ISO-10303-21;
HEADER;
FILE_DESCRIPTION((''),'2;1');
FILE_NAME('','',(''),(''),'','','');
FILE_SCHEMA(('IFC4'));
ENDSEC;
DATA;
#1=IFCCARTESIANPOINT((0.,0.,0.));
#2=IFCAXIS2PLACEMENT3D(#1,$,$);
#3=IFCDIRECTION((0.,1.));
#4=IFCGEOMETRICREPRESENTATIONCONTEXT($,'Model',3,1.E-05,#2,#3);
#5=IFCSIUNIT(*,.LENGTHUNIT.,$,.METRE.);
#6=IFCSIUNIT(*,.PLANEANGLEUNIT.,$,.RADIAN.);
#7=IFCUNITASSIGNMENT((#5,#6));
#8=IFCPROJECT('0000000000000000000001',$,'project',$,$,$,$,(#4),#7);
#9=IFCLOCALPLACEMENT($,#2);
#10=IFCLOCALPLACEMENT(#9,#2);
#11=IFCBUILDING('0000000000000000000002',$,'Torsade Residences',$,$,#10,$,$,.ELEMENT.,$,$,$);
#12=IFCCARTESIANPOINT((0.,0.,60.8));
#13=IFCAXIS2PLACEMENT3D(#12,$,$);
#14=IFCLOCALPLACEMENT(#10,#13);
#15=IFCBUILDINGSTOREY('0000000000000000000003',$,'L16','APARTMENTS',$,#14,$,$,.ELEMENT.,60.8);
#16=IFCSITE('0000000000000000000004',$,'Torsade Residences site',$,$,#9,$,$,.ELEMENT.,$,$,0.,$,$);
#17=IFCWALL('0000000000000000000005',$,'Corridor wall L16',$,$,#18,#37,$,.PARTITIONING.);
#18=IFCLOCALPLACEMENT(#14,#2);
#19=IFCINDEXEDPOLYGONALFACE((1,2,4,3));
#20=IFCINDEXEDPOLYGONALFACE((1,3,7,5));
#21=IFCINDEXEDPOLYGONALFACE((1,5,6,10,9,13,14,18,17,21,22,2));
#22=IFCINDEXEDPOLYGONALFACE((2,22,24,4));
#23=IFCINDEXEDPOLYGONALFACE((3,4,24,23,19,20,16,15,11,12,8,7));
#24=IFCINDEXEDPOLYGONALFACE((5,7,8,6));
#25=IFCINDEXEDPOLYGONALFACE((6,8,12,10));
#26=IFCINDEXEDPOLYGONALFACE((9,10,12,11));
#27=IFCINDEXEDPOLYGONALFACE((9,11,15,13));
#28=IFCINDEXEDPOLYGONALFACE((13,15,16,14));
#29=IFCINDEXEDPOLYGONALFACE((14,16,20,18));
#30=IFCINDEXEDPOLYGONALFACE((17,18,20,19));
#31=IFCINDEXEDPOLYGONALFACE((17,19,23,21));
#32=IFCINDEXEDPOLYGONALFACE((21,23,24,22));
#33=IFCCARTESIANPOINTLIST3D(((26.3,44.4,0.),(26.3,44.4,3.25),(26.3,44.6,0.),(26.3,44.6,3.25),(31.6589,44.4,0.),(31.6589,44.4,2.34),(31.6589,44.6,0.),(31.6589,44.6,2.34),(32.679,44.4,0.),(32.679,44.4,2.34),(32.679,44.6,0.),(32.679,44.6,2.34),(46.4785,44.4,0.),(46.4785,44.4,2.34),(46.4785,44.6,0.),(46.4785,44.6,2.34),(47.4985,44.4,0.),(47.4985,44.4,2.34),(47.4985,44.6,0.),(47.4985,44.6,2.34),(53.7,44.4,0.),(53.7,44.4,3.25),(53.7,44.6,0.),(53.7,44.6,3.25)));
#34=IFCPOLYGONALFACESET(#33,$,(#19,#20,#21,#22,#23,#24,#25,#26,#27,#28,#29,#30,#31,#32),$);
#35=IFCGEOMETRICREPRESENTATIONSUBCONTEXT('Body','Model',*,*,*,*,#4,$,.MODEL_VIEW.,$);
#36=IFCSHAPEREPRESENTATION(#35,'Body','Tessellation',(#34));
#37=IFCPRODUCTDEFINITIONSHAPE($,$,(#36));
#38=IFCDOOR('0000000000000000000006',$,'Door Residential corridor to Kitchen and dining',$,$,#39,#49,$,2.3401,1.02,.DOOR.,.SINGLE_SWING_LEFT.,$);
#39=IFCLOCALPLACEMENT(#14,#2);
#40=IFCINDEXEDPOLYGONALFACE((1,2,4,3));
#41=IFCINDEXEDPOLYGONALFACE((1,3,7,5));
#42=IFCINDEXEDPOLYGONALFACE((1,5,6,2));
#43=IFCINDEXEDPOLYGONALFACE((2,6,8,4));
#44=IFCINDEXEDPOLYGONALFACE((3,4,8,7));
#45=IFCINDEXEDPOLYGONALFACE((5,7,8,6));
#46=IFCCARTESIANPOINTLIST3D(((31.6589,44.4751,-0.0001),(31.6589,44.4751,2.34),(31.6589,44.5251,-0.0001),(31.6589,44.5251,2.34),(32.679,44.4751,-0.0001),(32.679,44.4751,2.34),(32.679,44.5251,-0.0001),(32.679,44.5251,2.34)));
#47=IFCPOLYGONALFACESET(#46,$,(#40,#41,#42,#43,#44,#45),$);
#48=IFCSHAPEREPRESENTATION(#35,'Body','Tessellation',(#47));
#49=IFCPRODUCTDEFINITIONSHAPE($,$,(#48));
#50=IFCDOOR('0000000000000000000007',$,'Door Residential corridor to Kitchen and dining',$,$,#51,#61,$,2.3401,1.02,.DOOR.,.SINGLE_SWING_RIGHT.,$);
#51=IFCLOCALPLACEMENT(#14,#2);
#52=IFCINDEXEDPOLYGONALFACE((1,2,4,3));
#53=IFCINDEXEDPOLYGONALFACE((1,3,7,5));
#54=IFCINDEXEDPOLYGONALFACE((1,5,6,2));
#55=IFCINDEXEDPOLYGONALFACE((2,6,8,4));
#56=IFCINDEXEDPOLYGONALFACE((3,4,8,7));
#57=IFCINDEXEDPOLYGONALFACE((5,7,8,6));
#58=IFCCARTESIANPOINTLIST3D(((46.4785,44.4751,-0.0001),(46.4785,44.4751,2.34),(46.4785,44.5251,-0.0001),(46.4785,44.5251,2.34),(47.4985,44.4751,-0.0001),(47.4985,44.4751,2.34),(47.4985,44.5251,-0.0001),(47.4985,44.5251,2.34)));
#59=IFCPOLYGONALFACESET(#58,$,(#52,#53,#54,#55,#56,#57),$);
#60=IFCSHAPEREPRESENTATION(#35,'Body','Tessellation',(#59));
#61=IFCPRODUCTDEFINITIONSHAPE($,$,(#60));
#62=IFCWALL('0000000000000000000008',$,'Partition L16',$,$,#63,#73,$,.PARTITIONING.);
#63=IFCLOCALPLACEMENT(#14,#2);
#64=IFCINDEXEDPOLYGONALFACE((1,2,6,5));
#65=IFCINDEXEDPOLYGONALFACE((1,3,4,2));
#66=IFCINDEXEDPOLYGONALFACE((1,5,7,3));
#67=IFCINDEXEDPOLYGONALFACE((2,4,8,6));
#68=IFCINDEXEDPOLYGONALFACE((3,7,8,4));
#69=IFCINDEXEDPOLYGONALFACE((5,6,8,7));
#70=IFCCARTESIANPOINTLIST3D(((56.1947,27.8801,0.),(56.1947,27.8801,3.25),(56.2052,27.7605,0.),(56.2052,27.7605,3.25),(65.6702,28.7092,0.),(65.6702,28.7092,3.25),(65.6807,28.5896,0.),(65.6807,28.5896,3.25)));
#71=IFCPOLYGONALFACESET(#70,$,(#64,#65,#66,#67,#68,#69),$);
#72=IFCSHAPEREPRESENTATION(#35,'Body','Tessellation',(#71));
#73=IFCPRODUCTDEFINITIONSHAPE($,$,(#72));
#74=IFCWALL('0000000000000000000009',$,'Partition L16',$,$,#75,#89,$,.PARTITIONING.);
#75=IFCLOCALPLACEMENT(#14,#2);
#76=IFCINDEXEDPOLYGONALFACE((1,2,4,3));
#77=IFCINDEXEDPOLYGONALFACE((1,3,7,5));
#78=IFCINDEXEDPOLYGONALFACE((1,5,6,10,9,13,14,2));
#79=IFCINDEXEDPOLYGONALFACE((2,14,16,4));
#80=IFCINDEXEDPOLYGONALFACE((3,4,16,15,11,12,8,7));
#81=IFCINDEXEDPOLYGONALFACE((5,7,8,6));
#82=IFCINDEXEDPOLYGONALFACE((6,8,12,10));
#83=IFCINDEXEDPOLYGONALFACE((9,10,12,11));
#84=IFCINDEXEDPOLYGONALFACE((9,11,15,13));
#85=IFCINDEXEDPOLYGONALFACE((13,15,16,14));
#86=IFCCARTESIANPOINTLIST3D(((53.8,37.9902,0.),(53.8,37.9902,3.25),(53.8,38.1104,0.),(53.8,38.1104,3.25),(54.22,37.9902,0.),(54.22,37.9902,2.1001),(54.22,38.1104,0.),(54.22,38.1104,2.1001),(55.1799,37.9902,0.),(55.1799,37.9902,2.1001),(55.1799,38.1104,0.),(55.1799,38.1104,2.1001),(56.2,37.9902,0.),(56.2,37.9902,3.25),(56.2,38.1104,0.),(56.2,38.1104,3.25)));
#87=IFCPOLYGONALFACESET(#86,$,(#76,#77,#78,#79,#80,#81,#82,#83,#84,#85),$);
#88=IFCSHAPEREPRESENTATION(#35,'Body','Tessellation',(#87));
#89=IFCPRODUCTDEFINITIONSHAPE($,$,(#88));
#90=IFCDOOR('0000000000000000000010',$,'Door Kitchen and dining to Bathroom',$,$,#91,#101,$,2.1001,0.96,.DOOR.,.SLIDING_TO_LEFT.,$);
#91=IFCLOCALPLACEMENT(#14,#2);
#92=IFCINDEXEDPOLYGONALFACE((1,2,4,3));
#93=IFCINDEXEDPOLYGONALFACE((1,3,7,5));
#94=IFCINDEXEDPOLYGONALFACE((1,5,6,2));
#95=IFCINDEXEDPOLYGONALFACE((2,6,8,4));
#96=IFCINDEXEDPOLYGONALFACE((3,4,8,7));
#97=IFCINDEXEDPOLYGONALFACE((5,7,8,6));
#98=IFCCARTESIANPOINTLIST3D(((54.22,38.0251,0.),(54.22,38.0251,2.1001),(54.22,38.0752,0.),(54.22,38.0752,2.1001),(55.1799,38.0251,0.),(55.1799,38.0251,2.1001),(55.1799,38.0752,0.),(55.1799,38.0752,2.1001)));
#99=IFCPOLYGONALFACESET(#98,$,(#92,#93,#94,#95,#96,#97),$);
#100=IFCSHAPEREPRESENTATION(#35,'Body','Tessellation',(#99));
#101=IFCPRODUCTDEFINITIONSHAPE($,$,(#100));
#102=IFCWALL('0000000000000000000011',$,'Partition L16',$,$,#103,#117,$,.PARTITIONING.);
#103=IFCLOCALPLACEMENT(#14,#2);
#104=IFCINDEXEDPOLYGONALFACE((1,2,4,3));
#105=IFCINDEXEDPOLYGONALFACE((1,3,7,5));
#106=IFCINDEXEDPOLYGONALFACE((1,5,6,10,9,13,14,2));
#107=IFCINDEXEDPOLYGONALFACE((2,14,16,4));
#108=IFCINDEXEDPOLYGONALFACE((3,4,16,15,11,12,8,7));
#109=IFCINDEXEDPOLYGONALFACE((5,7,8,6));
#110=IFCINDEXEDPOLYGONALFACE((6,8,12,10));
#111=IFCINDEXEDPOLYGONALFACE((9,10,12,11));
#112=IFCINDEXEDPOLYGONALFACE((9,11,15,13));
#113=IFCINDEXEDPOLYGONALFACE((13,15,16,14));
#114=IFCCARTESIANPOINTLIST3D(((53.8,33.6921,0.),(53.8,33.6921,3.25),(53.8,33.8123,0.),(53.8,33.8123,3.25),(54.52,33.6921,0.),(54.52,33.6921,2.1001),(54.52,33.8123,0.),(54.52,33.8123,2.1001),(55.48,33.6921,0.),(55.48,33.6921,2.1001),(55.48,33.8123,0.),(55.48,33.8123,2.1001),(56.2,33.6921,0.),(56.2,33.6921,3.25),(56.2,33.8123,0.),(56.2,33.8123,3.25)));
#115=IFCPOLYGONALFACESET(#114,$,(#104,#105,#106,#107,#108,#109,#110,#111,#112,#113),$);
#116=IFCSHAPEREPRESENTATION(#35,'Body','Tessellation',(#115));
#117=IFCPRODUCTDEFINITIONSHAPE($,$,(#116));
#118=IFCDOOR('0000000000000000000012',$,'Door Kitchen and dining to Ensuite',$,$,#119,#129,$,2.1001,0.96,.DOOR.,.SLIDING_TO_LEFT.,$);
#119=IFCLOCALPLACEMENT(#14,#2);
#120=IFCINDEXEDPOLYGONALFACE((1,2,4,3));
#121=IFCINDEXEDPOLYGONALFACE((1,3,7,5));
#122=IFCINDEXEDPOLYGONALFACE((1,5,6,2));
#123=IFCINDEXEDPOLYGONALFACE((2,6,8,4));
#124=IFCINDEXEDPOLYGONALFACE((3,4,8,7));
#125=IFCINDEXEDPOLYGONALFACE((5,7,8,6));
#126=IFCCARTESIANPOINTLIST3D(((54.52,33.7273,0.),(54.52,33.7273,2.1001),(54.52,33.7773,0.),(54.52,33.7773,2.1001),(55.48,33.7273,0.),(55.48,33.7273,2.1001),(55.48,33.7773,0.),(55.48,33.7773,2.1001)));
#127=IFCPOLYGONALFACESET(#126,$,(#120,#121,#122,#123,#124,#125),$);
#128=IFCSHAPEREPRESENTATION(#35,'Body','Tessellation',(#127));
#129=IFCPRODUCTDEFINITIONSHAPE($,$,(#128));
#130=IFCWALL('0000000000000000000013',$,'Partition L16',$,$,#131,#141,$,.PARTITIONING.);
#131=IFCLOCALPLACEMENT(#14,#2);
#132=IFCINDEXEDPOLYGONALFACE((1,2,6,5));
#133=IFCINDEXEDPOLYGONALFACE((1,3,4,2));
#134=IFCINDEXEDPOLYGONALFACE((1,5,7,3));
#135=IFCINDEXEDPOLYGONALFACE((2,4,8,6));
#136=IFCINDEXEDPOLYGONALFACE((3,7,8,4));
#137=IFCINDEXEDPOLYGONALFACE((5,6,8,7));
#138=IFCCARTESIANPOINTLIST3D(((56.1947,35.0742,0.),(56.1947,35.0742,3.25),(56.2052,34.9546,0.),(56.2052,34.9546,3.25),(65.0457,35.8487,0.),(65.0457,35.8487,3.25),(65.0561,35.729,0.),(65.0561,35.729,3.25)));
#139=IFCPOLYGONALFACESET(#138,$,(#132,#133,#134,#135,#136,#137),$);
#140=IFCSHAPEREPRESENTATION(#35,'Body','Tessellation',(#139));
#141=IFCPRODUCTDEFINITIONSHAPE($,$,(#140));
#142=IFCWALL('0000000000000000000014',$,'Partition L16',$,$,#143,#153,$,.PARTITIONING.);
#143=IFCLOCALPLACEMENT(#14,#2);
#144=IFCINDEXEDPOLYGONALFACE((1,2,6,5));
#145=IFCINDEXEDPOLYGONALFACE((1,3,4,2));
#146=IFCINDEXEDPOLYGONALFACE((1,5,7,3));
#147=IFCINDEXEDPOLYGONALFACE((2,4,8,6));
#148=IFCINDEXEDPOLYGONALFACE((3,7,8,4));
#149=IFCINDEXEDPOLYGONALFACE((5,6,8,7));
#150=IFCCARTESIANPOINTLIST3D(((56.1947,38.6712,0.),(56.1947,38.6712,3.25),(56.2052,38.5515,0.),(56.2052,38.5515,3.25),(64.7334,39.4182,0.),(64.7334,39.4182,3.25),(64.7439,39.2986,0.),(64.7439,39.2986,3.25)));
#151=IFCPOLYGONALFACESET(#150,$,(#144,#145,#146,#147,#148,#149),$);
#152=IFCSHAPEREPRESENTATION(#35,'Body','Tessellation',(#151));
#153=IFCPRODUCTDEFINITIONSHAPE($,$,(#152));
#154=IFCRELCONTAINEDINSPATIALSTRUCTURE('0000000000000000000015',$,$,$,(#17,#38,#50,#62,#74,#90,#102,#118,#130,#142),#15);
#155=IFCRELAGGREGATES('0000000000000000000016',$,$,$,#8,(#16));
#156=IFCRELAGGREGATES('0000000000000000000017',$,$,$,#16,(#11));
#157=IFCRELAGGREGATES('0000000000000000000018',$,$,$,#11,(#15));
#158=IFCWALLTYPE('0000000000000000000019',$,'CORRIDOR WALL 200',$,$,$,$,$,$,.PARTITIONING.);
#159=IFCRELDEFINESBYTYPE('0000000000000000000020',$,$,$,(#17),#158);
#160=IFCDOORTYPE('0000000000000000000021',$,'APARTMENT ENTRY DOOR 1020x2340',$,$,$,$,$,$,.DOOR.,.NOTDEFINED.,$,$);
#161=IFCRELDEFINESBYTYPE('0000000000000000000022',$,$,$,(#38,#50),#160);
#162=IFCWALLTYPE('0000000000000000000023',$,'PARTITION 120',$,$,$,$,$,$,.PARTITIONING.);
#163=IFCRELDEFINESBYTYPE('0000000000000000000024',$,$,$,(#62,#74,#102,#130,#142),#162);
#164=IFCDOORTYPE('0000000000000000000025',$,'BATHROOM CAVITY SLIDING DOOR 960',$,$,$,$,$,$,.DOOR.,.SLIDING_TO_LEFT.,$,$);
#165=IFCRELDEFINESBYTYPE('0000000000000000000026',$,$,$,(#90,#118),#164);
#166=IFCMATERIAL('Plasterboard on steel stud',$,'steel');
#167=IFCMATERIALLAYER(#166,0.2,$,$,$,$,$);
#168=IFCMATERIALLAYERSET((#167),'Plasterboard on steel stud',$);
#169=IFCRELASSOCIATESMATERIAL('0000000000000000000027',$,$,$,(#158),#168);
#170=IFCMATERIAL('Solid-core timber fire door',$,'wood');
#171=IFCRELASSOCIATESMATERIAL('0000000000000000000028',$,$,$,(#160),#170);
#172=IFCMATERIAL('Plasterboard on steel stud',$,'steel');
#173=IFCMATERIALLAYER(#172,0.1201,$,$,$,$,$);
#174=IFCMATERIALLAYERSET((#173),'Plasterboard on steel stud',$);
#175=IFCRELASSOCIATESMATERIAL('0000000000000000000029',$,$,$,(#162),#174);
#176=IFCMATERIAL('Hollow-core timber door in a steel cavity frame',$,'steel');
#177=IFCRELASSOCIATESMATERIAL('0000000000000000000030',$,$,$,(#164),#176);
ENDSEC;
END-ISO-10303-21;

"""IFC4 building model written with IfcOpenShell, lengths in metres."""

from ifc_helpers import new_model, si_unit, direction, frame, frame_2d, origin, place, context, subcontext, project, spatial, rectangle, extrude, material, layer, layer_set, type_object, element, fill, save


model = new_model("IFC4")

# Units and contexts
model_context = context("Model", 3, precision=1e-05, world=origin(), true_north=direction((0.0, 1.0)))
body_context = subcontext(model_context, "Body", "Model", "MODEL_VIEW")
ifc_project = project(units=[si_unit("LENGTHUNIT", "METRE"), si_unit("PLANEANGLEUNIT", "RADIAN")], contexts=[model_context])

# Site, building, storey
site_placement = place(None, origin())
site = spatial("IfcSite", under=ifc_project, at=site_placement, Name="Torsade Residences site", CompositionType="ELEMENT", RefElevation=0.0)
building_placement = place(site_placement, origin())
building = spatial("IfcBuilding", under=site, at=building_placement, Name="Torsade Residences", CompositionType="ELEMENT")
storey_placement = place(building_placement, frame((0.0, 0.0, 60.8)))
storey = spatial("IfcBuildingStorey", under=building, at=storey_placement, Name="L16", Description="APARTMENTS", CompositionType="ELEMENT", Elevation=60.8)

# Wall, openings, doors
ifc_material_1 = material(Name="Plasterboard on steel stud", Category="steel")
ifc_layer_1 = layer(ifc_material_1, 0.2)
ifc_layer_set_1 = layer_set([ifc_layer_1], Name="Plasterboard on steel stud")
wall_type_1 = type_object("IfcWallType", Name="CORRIDOR WALL 200", PredefinedType="PARTITIONING", material=ifc_layer_set_1)
wall_1_placement = place(storey_placement, frame((53.7, 44.5, 0.0), z_axis=(0.0, 0.0, 1.0), x_axis=(-1.0, 0.0, 0.0)))
wall_1 = element("IfcWall", 1, at=wall_1_placement, inside=storey, type_object=wall_type_1, Name="Corridor wall L16", PredefinedType="PARTITIONING", context=body_context, shape_type="SweptSolid", body=[
    extrude(rectangle(XDim=27.3999, YDim=0.2, at=frame_2d((13.7, 0.0))), origin(), (0.0, 0.0, 1.0), 3.25),
])
opening_1_placement = place(wall_1_placement, frame((21.021, 0.0, 0.0)))
opening_1 = element("IfcOpeningElement", 2, at=opening_1_placement, cuts=wall_1, PredefinedType="OPENING", context=body_context, shape_type="SweptSolid", body=[
    extrude(rectangle(XDim=1.02, YDim=2.3401, at=frame_2d((0.51, 1.1699))), frame((0.0, 0.1099, 0.0), z_axis=(0.0, -1.0, 0.0), x_axis=(1.0, 0.0, 0.0)), (0.0, 0.0, 1.0), 0.22),
])
opening_2_placement = place(wall_1_placement, frame((6.2014, 0.0, 0.0)))
opening_2 = element("IfcOpeningElement", 3, at=opening_2_placement, cuts=wall_1, PredefinedType="OPENING", context=body_context, shape_type="SweptSolid", body=[
    extrude(rectangle(XDim=1.02, YDim=2.3401, at=frame_2d((0.51, 1.1699))), frame((0.0, 0.1099, 0.0), z_axis=(0.0, -1.0, 0.0), x_axis=(1.0, 0.0, 0.0)), (0.0, 0.0, 1.0), 0.22),
])
ifc_material_2 = material(Name="Solid-core timber fire door", Category="wood")
door_type_1 = type_object("IfcDoorType", Name="APARTMENT ENTRY DOOR 1020x2340", OperationType="NOTDEFINED", PredefinedType="DOOR", material=ifc_material_2)
door_1_placement = place(opening_1_placement, origin())
door_1 = element("IfcDoor", 4, at=door_1_placement, inside=storey, type_object=door_type_1, Name="Door Residential corridor to Kitchen and dining", OperationType="SINGLE_SWING_LEFT", OverallHeight=2.3401, OverallWidth=1.02, PredefinedType="DOOR", context=body_context, shape_type="SweptSolid", body=[
    extrude(rectangle(XDim=1.02, YDim=2.3401, at=frame_2d((0.51, 1.1699))), frame((0.0, 0.0249, 0.0), z_axis=(0.0, -1.0, 0.0), x_axis=(1.0, 0.0, 0.0)), (0.0, 0.0, 1.0), 0.05),
])
fill(opening_1, door_1)
door_2_placement = place(opening_2_placement, origin())
door_2 = element("IfcDoor", 5, at=door_2_placement, inside=storey, type_object=door_type_1, Name="Door Residential corridor to Kitchen and dining", OperationType="SINGLE_SWING_RIGHT", OverallHeight=2.3401, OverallWidth=1.02, PredefinedType="DOOR", context=body_context, shape_type="SweptSolid", body=[
    extrude(rectangle(XDim=1.02, YDim=2.3401, at=frame_2d((0.51, 1.1699))), frame((0.0, 0.0249, 0.0), z_axis=(0.0, -1.0, 0.0), x_axis=(1.0, 0.0, 0.0)), (0.0, 0.0, 1.0), 0.05),
])
fill(opening_2, door_2)

# Wall
ifc_material_3 = material(Name="Plasterboard on steel stud", Category="steel")
ifc_layer_2 = layer(ifc_material_3, 0.1201)
ifc_layer_set_2 = layer_set([ifc_layer_2], Name="Plasterboard on steel stud")
wall_type_2 = type_object("IfcWallType", Name="PARTITION 120", PredefinedType="PARTITIONING", material=ifc_layer_set_2)
wall_2_placement = place(storey_placement, frame((56.2, 27.8203, 0.0), z_axis=(0.0, 0.0, 1.0), x_axis=(0.996194, 0.087166, 0.0)))
element("IfcWall", 6, at=wall_2_placement, inside=storey, type_object=wall_type_2, Name="Partition L16", PredefinedType="PARTITIONING", context=body_context, shape_type="SweptSolid", body=[
    extrude(rectangle(XDim=9.5117, YDim=0.1201, at=frame_2d((4.7559, 0.0))), origin(), (0.0, 0.0, 1.0), 3.25),
])

# Walls, openings, doors
wall_3_placement = place(storey_placement, frame((53.8, 38.0503, 0.0), z_axis=(0.0, 0.0, 1.0), x_axis=(1.0, 0.0, 0.0)))
wall_3 = element("IfcWall", 7, at=wall_3_placement, inside=storey, type_object=wall_type_2, Name="Partition L16", PredefinedType="PARTITIONING", context=body_context, shape_type="SweptSolid", body=[
    extrude(rectangle(XDim=2.3999, YDim=0.1201, at=frame_2d((1.2, 0.0))), origin(), (0.0, 0.0, 1.0), 3.25),
])
opening_3_placement = place(wall_3_placement, frame((0.4199, 0.0, 0.0)))
opening_3 = element("IfcOpeningElement", 8, at=opening_3_placement, cuts=wall_3, PredefinedType="OPENING", context=body_context, shape_type="SweptSolid", body=[
    extrude(rectangle(XDim=0.96, YDim=2.1001, at=frame_2d((0.48, 1.05))), frame((0.0, 0.0701, 0.0), z_axis=(0.0, -1.0, 0.0), x_axis=(1.0, 0.0, 0.0)), (0.0, 0.0, 1.0), 0.1401),
])
ifc_material_4 = material(Name="Hollow-core timber door in a steel cavity frame", Category="steel")
door_type_2 = type_object("IfcDoorType", Name="BATHROOM CAVITY SLIDING DOOR 960", OperationType="SLIDING_TO_LEFT", PredefinedType="DOOR", material=ifc_material_4)
door_3_placement = place(opening_3_placement, origin())
door_3 = element("IfcDoor", 9, at=door_3_placement, inside=storey, type_object=door_type_2, Name="Door Kitchen and dining to Bathroom", OperationType="SLIDING_TO_LEFT", OverallHeight=2.1001, OverallWidth=0.96, PredefinedType="DOOR", context=body_context, shape_type="SweptSolid", body=[
    extrude(rectangle(XDim=0.96, YDim=2.1001, at=frame_2d((0.48, 1.05))), frame((0.0, 0.0249, 0.0), z_axis=(0.0, -1.0, 0.0), x_axis=(1.0, 0.0, 0.0)), (0.0, 0.0, 1.0), 0.05),
])
fill(opening_3, door_3)
wall_4_placement = place(storey_placement, frame((56.2, 33.7522, 0.0), z_axis=(0.0, 0.0, 1.0), x_axis=(-1.0, 0.0, 0.0)))
wall_4 = element("IfcWall", 10, at=wall_4_placement, inside=storey, type_object=wall_type_2, Name="Partition L16", PredefinedType="PARTITIONING", context=body_context, shape_type="SweptSolid", body=[
    extrude(rectangle(XDim=2.3999, YDim=0.1201, at=frame_2d((1.2, 0.0))), origin(), (0.0, 0.0, 1.0), 3.25),
])
opening_4_placement = place(wall_4_placement, frame((0.72, 0.0, 0.0)))
opening_4 = element("IfcOpeningElement", 11, at=opening_4_placement, cuts=wall_4, PredefinedType="OPENING", context=body_context, shape_type="SweptSolid", body=[
    extrude(rectangle(XDim=0.96, YDim=2.1001, at=frame_2d((0.48, 1.05))), frame((0.0, 0.0701, 0.0), z_axis=(0.0, -1.0, 0.0), x_axis=(1.0, 0.0, 0.0)), (0.0, 0.0, 1.0), 0.1401),
])
door_4_placement = place(opening_4_placement, origin())
door_4 = element("IfcDoor", 12, at=door_4_placement, inside=storey, type_object=door_type_2, Name="Door Kitchen and dining to Ensuite", OperationType="SLIDING_TO_LEFT", OverallHeight=2.1001, OverallWidth=0.96, PredefinedType="DOOR", context=body_context, shape_type="SweptSolid", body=[
    extrude(rectangle(XDim=0.96, YDim=2.1001, at=frame_2d((0.48, 1.05))), frame((0.0, 0.0249, 0.0), z_axis=(0.0, -1.0, 0.0), x_axis=(1.0, 0.0, 0.0)), (0.0, 0.0, 1.0), 0.05),
])
fill(opening_4, door_4)

# Walls
wall_5_placement = place(storey_placement, frame((56.2, 35.0144, 0.0), z_axis=(0.0, 0.0, 1.0), x_axis=(0.996194, 0.087163, 0.0)))
element("IfcWall", 13, at=wall_5_placement, inside=storey, type_object=wall_type_2, Name="Partition L16", PredefinedType="PARTITIONING", context=body_context, shape_type="SweptSolid", body=[
    extrude(rectangle(XDim=8.8848, YDim=0.1201, at=frame_2d((4.4424, 0.0))), origin(), (0.0, 0.0, 1.0), 3.25),
])
wall_6_placement = place(storey_placement, frame((56.2, 38.6113, 0.0), z_axis=(0.0, 0.0, 1.0), x_axis=(0.996194, 0.087161, 0.0)))
element("IfcWall", 14, at=wall_6_placement, inside=storey, type_object=wall_type_2, Name="Partition L16", PredefinedType="PARTITIONING", context=body_context, shape_type="SweptSolid", body=[
    extrude(rectangle(XDim=8.5713, YDim=0.1201, at=frame_2d((4.2856, 0.0))), origin(), (0.0, 0.0, 1.0), 3.25),
])

save(model, "model.ifc")
